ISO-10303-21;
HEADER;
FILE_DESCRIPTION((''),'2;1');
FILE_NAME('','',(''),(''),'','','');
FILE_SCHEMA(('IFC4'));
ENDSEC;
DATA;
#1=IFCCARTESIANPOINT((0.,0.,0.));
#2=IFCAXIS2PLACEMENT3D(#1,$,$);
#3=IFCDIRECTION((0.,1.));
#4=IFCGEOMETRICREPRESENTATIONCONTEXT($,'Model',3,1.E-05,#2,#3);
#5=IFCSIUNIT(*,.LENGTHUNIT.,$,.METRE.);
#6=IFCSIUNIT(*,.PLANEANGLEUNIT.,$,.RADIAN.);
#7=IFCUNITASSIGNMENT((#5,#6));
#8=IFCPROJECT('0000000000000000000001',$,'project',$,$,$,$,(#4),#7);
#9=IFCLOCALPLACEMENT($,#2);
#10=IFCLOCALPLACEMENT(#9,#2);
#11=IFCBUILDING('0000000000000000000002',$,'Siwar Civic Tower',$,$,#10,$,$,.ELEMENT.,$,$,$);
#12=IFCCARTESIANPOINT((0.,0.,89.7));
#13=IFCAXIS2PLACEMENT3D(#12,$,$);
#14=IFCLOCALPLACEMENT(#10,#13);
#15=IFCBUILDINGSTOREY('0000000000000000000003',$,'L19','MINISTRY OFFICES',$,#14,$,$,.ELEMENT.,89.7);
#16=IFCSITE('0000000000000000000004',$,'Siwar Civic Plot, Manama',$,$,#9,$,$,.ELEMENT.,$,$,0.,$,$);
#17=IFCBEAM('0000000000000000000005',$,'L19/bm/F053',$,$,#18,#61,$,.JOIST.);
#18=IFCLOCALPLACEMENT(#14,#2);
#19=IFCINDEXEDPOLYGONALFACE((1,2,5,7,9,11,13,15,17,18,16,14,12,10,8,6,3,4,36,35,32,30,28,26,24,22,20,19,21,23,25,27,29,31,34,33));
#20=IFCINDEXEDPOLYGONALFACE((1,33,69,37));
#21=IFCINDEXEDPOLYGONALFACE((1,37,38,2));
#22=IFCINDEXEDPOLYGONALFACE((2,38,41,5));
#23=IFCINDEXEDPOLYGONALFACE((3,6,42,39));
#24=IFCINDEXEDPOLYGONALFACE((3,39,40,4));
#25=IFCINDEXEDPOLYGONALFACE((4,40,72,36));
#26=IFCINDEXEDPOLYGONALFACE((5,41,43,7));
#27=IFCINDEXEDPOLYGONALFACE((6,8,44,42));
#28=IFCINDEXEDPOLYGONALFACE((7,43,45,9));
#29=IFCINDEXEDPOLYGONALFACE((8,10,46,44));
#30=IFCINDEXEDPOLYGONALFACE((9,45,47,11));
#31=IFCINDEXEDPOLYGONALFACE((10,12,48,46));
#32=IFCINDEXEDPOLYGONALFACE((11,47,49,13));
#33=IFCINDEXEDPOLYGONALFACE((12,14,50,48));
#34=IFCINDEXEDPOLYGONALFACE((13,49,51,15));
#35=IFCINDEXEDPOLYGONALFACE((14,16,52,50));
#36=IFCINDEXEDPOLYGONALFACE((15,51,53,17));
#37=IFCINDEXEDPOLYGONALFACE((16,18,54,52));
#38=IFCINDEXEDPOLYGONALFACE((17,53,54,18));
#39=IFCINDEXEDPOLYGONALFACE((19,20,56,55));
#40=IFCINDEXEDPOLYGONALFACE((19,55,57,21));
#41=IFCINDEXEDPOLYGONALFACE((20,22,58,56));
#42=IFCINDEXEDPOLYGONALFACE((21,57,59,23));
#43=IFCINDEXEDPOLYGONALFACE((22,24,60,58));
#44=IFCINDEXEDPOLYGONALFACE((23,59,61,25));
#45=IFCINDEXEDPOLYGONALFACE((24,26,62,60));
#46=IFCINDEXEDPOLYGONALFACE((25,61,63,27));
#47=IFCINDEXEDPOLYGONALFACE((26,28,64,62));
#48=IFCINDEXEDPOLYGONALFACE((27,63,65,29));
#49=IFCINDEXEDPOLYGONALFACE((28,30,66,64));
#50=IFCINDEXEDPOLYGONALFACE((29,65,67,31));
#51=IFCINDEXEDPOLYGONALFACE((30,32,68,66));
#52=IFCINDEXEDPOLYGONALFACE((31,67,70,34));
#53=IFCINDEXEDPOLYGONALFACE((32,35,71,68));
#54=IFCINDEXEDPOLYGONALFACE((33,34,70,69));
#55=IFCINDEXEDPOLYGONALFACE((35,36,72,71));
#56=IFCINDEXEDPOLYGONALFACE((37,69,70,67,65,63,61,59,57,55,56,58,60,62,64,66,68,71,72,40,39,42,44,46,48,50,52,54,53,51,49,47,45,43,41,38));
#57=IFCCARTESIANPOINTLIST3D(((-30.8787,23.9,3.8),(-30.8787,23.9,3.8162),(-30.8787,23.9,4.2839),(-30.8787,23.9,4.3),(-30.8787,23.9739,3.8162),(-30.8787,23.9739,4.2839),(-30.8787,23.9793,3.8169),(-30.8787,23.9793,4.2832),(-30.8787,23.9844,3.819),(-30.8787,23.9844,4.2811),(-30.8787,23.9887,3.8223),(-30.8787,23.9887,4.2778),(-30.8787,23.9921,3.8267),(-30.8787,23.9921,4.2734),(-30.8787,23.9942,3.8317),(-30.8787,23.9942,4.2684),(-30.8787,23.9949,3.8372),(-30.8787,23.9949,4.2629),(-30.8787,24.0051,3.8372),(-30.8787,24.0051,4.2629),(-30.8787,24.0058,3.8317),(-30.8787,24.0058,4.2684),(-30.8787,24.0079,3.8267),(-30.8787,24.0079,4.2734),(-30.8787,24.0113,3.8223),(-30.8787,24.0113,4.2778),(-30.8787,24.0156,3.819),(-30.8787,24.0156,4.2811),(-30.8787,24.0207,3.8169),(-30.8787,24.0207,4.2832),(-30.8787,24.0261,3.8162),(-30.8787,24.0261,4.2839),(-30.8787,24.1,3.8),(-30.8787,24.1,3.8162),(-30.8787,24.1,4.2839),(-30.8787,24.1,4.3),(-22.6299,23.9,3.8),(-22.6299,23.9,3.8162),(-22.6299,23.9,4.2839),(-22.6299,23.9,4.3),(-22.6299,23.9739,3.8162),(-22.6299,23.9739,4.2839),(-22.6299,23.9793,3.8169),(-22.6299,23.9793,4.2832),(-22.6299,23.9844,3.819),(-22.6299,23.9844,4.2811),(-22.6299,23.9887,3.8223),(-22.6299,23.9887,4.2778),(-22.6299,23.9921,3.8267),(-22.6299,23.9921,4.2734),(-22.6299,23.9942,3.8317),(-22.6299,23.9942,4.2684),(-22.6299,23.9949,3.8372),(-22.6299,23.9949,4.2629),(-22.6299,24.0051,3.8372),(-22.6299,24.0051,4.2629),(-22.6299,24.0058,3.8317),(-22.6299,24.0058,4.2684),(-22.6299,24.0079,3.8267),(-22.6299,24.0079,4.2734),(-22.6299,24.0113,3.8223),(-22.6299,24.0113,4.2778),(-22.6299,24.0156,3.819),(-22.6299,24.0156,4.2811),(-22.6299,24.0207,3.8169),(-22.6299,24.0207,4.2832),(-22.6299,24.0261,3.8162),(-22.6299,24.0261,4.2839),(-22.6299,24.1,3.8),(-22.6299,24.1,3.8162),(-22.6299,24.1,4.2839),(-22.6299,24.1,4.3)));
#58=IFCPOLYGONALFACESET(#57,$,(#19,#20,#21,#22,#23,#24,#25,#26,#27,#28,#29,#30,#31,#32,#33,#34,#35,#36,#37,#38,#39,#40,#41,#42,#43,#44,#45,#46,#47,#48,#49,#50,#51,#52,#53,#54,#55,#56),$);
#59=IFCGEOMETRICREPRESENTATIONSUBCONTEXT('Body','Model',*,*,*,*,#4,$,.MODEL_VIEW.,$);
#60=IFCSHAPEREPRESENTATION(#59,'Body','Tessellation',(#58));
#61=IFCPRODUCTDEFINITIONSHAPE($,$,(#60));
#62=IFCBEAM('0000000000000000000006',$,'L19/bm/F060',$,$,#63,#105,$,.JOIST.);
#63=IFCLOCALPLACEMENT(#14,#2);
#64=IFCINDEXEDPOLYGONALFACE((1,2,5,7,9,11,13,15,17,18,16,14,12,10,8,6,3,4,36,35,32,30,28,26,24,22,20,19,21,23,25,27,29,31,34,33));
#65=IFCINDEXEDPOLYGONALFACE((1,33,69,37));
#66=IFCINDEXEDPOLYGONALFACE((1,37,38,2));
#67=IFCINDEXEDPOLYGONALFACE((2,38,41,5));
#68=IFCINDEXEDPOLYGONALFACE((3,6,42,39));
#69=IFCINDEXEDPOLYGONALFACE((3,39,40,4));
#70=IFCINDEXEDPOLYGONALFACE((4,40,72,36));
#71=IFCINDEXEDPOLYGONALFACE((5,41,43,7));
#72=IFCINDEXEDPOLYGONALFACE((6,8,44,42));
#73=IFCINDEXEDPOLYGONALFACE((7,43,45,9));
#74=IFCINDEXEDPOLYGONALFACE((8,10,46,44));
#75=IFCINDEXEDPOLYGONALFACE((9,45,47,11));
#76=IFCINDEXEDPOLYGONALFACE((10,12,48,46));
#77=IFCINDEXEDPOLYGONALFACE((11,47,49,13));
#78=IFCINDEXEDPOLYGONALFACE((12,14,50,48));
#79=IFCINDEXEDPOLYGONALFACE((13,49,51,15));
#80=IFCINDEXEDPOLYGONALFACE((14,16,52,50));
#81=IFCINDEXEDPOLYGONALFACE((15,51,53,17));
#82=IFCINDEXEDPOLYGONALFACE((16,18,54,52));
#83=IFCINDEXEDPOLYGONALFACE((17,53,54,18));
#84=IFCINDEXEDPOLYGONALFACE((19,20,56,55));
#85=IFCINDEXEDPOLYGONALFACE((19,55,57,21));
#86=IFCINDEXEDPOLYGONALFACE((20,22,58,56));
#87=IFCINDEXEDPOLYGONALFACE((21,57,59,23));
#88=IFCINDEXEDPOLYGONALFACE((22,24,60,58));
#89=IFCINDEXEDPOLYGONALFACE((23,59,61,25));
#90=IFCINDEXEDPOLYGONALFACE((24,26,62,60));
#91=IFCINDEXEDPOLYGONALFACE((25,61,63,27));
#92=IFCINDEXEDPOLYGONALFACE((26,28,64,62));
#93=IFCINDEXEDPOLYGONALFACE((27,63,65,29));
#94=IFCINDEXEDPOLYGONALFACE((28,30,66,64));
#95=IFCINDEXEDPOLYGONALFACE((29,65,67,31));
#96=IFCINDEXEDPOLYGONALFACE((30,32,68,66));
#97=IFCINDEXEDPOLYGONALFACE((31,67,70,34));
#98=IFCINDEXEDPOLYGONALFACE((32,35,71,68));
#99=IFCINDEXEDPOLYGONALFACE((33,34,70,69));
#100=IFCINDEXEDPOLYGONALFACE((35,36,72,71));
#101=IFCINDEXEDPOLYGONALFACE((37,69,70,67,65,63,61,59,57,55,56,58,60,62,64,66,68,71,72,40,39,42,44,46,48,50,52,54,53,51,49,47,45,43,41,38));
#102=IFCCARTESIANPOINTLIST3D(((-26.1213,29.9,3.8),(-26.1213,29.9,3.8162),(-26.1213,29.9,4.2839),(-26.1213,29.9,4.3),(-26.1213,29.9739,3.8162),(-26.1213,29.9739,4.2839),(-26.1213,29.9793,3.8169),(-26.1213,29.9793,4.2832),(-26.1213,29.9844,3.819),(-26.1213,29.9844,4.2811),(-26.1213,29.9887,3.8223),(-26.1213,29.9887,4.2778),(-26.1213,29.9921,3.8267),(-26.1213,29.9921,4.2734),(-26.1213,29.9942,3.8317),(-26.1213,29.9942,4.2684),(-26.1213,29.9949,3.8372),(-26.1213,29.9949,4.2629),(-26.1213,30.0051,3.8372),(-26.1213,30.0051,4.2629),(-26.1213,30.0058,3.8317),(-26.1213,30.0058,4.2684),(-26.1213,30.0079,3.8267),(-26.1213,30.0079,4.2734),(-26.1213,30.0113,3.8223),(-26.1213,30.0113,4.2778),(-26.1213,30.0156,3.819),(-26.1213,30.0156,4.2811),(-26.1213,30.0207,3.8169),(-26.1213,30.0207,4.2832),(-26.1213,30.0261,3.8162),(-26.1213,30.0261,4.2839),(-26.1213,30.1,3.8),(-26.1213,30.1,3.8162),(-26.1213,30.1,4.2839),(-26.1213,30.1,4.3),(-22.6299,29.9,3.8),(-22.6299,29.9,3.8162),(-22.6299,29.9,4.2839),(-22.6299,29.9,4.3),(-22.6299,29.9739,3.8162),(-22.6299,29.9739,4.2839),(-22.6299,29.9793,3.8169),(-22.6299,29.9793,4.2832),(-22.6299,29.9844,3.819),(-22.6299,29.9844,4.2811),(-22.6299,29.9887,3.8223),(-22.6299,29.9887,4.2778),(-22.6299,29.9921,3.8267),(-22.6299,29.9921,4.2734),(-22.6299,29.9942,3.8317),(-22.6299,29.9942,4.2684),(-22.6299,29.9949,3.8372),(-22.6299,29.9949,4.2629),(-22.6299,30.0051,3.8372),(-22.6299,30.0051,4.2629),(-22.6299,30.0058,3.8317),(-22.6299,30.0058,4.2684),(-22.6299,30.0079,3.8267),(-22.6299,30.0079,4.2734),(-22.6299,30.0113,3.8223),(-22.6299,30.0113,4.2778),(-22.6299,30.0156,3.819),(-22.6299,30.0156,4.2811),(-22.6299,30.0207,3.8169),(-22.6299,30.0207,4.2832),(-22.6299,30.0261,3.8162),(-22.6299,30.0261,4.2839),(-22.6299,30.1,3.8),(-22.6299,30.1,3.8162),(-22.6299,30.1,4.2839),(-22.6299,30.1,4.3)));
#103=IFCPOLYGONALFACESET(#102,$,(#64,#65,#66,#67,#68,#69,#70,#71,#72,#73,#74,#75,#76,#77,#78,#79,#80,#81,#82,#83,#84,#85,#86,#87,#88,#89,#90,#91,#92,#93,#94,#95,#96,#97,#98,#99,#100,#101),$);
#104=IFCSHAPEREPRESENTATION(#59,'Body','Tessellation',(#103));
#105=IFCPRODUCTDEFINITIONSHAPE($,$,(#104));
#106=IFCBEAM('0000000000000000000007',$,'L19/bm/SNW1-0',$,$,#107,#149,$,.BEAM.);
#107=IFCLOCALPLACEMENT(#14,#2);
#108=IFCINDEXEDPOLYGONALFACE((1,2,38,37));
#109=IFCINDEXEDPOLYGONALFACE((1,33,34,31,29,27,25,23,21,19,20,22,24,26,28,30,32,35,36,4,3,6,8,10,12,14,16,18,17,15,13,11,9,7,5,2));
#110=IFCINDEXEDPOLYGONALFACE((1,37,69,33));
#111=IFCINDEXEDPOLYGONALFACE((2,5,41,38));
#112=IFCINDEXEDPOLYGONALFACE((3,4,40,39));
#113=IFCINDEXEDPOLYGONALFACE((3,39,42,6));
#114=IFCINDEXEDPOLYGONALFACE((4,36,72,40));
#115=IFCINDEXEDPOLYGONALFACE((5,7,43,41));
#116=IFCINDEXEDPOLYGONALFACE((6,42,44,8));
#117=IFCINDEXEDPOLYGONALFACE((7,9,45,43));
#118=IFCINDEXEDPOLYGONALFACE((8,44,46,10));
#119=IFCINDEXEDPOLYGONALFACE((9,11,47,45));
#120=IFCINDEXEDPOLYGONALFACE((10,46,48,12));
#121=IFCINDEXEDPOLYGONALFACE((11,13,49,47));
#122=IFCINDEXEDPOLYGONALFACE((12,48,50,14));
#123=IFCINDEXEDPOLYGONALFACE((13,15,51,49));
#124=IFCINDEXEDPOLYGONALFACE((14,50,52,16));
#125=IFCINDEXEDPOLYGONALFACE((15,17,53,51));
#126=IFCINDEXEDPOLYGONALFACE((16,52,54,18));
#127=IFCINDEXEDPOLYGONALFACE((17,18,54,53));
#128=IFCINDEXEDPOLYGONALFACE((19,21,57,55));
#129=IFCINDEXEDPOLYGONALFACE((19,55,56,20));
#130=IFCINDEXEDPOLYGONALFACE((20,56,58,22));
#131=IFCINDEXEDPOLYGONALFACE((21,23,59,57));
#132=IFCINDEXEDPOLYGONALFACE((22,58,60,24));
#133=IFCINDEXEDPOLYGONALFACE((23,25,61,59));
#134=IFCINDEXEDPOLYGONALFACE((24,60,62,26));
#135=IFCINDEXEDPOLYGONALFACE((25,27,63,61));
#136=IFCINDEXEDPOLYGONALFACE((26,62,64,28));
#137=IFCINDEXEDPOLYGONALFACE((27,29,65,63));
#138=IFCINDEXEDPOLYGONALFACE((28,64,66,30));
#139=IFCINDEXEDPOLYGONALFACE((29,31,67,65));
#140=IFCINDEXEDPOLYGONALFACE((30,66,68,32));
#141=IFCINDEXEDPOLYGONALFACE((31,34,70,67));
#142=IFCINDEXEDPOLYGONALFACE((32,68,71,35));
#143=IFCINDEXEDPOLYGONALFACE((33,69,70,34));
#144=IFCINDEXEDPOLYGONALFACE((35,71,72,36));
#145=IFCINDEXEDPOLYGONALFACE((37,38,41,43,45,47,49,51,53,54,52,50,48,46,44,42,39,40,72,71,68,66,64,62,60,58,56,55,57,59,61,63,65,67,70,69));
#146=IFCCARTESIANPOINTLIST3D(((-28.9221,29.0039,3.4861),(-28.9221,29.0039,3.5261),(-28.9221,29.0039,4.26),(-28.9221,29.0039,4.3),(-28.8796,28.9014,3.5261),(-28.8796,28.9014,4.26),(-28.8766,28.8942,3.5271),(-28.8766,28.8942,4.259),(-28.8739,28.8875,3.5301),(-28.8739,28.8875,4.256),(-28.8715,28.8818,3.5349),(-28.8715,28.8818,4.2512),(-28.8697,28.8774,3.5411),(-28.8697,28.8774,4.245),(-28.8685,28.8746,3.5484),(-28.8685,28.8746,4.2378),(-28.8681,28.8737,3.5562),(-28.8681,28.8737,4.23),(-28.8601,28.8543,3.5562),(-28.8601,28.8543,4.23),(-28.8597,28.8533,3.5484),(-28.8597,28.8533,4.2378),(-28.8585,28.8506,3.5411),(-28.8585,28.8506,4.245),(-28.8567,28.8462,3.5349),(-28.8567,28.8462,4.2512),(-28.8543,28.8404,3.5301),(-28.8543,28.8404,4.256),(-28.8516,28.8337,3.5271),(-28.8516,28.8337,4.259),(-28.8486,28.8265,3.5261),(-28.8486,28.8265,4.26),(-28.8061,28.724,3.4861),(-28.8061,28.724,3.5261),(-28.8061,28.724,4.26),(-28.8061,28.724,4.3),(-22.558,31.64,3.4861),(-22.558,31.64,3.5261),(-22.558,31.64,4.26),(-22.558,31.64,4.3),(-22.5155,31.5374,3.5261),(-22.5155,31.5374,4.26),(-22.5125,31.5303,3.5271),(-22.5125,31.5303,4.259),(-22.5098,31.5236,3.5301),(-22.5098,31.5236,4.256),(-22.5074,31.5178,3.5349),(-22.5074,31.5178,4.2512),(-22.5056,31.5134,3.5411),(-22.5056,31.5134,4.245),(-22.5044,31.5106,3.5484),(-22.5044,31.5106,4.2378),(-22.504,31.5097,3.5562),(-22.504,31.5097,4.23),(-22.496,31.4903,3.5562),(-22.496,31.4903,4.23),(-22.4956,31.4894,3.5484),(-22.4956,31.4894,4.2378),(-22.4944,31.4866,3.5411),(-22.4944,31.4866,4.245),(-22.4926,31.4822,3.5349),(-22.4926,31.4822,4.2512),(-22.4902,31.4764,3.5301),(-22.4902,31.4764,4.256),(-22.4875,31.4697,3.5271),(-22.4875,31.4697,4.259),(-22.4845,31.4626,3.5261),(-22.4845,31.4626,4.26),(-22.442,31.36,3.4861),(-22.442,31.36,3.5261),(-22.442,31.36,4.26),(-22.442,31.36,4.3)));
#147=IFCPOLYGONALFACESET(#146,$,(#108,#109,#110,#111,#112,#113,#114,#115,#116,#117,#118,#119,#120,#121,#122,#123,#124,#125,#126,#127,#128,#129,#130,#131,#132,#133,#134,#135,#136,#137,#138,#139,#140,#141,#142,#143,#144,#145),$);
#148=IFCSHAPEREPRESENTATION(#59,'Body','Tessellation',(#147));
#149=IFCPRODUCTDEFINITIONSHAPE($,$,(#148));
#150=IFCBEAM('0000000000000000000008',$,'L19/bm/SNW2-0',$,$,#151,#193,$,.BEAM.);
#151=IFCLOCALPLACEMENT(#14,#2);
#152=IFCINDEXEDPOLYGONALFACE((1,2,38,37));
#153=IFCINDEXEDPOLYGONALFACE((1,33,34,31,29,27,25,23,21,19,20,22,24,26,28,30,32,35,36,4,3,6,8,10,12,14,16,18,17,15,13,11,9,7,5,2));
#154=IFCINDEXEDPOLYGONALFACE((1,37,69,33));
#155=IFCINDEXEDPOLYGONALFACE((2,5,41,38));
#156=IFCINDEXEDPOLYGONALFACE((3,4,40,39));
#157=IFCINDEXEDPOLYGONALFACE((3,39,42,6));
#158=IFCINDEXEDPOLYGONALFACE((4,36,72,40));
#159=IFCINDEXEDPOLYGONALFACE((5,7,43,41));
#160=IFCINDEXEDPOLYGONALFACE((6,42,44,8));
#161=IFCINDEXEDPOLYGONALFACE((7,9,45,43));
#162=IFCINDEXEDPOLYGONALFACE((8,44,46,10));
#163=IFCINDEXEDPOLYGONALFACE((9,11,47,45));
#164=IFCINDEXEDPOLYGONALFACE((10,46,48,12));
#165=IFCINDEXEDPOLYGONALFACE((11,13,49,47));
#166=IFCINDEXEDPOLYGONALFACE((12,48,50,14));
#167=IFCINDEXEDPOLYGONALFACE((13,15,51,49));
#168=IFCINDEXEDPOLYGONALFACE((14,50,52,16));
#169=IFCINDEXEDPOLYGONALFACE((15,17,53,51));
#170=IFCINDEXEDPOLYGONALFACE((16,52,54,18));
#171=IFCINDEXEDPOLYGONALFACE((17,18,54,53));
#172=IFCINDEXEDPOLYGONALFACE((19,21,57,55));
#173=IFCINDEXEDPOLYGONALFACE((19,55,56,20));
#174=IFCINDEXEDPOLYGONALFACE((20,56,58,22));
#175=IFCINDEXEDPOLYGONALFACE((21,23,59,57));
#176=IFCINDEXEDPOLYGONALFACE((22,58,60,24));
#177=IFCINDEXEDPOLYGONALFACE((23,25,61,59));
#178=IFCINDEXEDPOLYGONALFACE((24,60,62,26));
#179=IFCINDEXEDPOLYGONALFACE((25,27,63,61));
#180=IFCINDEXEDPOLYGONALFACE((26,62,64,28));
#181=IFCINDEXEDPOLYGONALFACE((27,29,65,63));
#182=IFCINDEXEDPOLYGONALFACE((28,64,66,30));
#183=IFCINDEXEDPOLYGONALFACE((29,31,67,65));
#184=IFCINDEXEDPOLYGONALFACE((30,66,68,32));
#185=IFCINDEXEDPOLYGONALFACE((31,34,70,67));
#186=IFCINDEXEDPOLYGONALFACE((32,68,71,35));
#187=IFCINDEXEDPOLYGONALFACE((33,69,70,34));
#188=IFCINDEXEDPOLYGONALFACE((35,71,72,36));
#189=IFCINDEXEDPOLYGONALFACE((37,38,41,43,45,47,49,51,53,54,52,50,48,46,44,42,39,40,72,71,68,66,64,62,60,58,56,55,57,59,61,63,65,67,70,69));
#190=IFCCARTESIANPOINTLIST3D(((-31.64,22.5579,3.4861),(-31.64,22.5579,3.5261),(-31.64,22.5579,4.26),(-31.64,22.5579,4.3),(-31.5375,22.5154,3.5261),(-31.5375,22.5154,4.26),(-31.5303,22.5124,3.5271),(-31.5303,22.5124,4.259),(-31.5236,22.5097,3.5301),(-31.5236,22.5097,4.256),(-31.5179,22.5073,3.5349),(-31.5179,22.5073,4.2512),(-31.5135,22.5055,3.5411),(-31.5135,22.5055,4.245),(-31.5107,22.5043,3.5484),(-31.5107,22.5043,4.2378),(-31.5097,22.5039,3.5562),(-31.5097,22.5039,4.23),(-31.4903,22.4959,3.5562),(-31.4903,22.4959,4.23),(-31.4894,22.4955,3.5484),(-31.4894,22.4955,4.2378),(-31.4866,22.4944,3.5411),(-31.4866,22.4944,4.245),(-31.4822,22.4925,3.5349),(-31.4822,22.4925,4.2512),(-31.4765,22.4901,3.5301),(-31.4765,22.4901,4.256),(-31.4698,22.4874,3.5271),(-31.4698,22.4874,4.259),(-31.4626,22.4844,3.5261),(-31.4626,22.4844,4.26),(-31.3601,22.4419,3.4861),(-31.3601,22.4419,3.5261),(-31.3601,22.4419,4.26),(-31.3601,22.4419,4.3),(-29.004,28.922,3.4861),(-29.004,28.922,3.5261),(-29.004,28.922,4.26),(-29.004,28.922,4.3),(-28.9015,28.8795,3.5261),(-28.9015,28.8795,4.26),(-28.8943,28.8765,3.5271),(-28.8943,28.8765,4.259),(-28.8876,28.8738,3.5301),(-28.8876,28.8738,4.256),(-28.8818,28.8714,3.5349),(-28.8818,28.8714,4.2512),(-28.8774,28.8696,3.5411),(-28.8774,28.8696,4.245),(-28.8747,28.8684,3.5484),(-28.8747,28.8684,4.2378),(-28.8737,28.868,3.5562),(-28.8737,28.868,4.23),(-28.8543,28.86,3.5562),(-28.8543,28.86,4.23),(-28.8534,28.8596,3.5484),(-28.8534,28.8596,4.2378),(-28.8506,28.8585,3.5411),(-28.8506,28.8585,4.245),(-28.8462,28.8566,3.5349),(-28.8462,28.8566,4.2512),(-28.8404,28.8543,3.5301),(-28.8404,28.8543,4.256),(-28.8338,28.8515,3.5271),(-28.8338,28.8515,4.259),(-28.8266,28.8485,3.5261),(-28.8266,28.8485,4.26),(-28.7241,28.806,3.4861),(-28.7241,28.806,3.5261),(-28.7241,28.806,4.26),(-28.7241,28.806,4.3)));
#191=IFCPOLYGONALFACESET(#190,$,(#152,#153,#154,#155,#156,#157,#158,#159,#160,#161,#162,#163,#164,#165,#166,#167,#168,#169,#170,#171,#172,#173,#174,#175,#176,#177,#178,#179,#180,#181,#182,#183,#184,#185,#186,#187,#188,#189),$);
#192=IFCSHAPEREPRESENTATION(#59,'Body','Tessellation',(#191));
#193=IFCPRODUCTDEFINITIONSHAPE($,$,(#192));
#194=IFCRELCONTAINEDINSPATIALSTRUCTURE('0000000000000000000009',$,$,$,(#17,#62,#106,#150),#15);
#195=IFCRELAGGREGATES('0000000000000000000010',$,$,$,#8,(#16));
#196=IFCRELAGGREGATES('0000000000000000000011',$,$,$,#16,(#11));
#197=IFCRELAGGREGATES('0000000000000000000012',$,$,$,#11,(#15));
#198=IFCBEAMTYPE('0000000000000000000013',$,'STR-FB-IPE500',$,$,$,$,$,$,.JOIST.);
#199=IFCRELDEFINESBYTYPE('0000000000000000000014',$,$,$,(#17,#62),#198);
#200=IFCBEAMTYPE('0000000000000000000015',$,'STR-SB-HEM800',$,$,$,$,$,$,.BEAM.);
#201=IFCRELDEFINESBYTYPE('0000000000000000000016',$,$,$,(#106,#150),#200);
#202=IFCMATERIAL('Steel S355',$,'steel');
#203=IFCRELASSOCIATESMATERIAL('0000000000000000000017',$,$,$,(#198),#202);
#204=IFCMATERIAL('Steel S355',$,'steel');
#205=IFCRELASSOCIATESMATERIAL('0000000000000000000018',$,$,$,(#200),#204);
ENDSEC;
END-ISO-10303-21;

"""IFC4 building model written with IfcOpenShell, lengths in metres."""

from ifc_helpers import new_model, si_unit, direction, frame, origin, origin_2d, place, context, subcontext, project, spatial, i_section, extrude, material, material_profile, profile_set, type_object, element, save


model = new_model("IFC4")

# Units and contexts
model_context = context("Model", 3, precision=1e-05, world=origin(), true_north=direction((0.0, 1.0)))
body_context = subcontext(model_context, "Body", "Model", "MODEL_VIEW")
ifc_project = project(units=[si_unit("LENGTHUNIT", "METRE"), si_unit("PLANEANGLEUNIT", "RADIAN")], contexts=[model_context])

# Site, building, storey
site_placement = place(None, origin())
site = spatial("IfcSite", under=ifc_project, at=site_placement, Name="Siwar Civic Plot, Manama", CompositionType="ELEMENT", RefElevation=0.0)
building_placement = place(site_placement, origin())
building = spatial("IfcBuilding", under=site, at=building_placement, Name="Siwar Civic Tower", CompositionType="ELEMENT")
storey_placement = place(building_placement, frame((0.0, 0.0, 89.7)))
storey = spatial("IfcBuildingStorey", under=building, at=storey_placement, Name="L19", Description="MINISTRY OFFICES", CompositionType="ELEMENT", Elevation=89.7)

# Beams
ifc_material_1 = material(Name="Steel S355", Category="steel")
ifc_material_profile_1 = material_profile(ifc_material_1, i_section(OverallWidth=0.2, OverallDepth=0.5, WebThickness=0.0103, FlangeThickness=0.0161, FilletRadius=0.021, at=origin_2d()), Name="IPE500")
ifc_profile_set_1 = profile_set([ifc_material_profile_1], Name="Steel S355")
beam_type_1 = type_object("IfcBeamType", Name="STR-FB-IPE500", PredefinedType="JOIST", material=ifc_profile_set_1)
beam_1_placement = place(storey_placement, frame((-30.8787, 24.0, 4.05), z_axis=(1.0, 0.0, 0.0), x_axis=(0.0, 1.0, 0.0)))
element("IfcBeam", 1, at=beam_1_placement, inside=storey, type_object=beam_type_1, Name="L19/bm/F053", PredefinedType="JOIST", context=body_context, shape_type="SweptSolid", body=[
    extrude(i_section(OverallWidth=0.2, OverallDepth=0.5, WebThickness=0.0103, FlangeThickness=0.0161, FilletRadius=0.021, at=origin_2d()), origin(), (0.0, 0.0, 1.0), 8.2488),
])
beam_2_placement = place(storey_placement, frame((-26.1213, 30.0, 4.05), z_axis=(1.0, 0.0, 0.0), x_axis=(0.0, 1.0, 0.0)))
element("IfcBeam", 2, at=beam_2_placement, inside=storey, type_object=beam_type_1, Name="L19/bm/F060", PredefinedType="JOIST", context=body_context, shape_type="SweptSolid", body=[
    extrude(i_section(OverallWidth=0.2, OverallDepth=0.5, WebThickness=0.0103, FlangeThickness=0.0161, FilletRadius=0.021, at=origin_2d()), origin(), (0.0, 0.0, 1.0), 3.4915),
])
ifc_material_2 = material(Name="Steel S355", Category="steel")
ifc_material_profile_2 = material_profile(ifc_material_2, i_section(OverallWidth=0.303, OverallDepth=0.814, WebThickness=0.021, FlangeThickness=0.04, FilletRadius=0.03, at=origin_2d()), Name="HEM800")
ifc_profile_set_2 = profile_set([ifc_material_profile_2], Name="Steel S355")
beam_type_2 = type_object("IfcBeamType", Name="STR-SB-HEM800", PredefinedType="BEAM", material=ifc_profile_set_2)
for number, where, z_axis, x_axis, name in (
    (3, (-22.5, 31.5, 3.8931), (-0.923883, -0.382674, 0.0), (0.382674, -0.923883, 0.0), "L19/bm/SNW1-0"),
    (4, (-28.864, 28.864, 3.8931), (-0.382674, -0.923883, 0.0), (0.923883, -0.382674, 0.0), "L19/bm/SNW2-0"),
):
    element("IfcBeam", number, at=place(storey_placement, frame(where, z_axis=z_axis, x_axis=x_axis)), inside=storey, type_object=beam_type_2, Name=name, PredefinedType="BEAM", context=body_context, shape_type="SweptSolid", body=[
        extrude(i_section(OverallWidth=0.303, OverallDepth=0.814, WebThickness=0.021, FlangeThickness=0.04, FilletRadius=0.03, at=origin_2d()), origin(), (0.0, 0.0, 1.0), 6.8884),
    ])

save(model, "model.ifc")
